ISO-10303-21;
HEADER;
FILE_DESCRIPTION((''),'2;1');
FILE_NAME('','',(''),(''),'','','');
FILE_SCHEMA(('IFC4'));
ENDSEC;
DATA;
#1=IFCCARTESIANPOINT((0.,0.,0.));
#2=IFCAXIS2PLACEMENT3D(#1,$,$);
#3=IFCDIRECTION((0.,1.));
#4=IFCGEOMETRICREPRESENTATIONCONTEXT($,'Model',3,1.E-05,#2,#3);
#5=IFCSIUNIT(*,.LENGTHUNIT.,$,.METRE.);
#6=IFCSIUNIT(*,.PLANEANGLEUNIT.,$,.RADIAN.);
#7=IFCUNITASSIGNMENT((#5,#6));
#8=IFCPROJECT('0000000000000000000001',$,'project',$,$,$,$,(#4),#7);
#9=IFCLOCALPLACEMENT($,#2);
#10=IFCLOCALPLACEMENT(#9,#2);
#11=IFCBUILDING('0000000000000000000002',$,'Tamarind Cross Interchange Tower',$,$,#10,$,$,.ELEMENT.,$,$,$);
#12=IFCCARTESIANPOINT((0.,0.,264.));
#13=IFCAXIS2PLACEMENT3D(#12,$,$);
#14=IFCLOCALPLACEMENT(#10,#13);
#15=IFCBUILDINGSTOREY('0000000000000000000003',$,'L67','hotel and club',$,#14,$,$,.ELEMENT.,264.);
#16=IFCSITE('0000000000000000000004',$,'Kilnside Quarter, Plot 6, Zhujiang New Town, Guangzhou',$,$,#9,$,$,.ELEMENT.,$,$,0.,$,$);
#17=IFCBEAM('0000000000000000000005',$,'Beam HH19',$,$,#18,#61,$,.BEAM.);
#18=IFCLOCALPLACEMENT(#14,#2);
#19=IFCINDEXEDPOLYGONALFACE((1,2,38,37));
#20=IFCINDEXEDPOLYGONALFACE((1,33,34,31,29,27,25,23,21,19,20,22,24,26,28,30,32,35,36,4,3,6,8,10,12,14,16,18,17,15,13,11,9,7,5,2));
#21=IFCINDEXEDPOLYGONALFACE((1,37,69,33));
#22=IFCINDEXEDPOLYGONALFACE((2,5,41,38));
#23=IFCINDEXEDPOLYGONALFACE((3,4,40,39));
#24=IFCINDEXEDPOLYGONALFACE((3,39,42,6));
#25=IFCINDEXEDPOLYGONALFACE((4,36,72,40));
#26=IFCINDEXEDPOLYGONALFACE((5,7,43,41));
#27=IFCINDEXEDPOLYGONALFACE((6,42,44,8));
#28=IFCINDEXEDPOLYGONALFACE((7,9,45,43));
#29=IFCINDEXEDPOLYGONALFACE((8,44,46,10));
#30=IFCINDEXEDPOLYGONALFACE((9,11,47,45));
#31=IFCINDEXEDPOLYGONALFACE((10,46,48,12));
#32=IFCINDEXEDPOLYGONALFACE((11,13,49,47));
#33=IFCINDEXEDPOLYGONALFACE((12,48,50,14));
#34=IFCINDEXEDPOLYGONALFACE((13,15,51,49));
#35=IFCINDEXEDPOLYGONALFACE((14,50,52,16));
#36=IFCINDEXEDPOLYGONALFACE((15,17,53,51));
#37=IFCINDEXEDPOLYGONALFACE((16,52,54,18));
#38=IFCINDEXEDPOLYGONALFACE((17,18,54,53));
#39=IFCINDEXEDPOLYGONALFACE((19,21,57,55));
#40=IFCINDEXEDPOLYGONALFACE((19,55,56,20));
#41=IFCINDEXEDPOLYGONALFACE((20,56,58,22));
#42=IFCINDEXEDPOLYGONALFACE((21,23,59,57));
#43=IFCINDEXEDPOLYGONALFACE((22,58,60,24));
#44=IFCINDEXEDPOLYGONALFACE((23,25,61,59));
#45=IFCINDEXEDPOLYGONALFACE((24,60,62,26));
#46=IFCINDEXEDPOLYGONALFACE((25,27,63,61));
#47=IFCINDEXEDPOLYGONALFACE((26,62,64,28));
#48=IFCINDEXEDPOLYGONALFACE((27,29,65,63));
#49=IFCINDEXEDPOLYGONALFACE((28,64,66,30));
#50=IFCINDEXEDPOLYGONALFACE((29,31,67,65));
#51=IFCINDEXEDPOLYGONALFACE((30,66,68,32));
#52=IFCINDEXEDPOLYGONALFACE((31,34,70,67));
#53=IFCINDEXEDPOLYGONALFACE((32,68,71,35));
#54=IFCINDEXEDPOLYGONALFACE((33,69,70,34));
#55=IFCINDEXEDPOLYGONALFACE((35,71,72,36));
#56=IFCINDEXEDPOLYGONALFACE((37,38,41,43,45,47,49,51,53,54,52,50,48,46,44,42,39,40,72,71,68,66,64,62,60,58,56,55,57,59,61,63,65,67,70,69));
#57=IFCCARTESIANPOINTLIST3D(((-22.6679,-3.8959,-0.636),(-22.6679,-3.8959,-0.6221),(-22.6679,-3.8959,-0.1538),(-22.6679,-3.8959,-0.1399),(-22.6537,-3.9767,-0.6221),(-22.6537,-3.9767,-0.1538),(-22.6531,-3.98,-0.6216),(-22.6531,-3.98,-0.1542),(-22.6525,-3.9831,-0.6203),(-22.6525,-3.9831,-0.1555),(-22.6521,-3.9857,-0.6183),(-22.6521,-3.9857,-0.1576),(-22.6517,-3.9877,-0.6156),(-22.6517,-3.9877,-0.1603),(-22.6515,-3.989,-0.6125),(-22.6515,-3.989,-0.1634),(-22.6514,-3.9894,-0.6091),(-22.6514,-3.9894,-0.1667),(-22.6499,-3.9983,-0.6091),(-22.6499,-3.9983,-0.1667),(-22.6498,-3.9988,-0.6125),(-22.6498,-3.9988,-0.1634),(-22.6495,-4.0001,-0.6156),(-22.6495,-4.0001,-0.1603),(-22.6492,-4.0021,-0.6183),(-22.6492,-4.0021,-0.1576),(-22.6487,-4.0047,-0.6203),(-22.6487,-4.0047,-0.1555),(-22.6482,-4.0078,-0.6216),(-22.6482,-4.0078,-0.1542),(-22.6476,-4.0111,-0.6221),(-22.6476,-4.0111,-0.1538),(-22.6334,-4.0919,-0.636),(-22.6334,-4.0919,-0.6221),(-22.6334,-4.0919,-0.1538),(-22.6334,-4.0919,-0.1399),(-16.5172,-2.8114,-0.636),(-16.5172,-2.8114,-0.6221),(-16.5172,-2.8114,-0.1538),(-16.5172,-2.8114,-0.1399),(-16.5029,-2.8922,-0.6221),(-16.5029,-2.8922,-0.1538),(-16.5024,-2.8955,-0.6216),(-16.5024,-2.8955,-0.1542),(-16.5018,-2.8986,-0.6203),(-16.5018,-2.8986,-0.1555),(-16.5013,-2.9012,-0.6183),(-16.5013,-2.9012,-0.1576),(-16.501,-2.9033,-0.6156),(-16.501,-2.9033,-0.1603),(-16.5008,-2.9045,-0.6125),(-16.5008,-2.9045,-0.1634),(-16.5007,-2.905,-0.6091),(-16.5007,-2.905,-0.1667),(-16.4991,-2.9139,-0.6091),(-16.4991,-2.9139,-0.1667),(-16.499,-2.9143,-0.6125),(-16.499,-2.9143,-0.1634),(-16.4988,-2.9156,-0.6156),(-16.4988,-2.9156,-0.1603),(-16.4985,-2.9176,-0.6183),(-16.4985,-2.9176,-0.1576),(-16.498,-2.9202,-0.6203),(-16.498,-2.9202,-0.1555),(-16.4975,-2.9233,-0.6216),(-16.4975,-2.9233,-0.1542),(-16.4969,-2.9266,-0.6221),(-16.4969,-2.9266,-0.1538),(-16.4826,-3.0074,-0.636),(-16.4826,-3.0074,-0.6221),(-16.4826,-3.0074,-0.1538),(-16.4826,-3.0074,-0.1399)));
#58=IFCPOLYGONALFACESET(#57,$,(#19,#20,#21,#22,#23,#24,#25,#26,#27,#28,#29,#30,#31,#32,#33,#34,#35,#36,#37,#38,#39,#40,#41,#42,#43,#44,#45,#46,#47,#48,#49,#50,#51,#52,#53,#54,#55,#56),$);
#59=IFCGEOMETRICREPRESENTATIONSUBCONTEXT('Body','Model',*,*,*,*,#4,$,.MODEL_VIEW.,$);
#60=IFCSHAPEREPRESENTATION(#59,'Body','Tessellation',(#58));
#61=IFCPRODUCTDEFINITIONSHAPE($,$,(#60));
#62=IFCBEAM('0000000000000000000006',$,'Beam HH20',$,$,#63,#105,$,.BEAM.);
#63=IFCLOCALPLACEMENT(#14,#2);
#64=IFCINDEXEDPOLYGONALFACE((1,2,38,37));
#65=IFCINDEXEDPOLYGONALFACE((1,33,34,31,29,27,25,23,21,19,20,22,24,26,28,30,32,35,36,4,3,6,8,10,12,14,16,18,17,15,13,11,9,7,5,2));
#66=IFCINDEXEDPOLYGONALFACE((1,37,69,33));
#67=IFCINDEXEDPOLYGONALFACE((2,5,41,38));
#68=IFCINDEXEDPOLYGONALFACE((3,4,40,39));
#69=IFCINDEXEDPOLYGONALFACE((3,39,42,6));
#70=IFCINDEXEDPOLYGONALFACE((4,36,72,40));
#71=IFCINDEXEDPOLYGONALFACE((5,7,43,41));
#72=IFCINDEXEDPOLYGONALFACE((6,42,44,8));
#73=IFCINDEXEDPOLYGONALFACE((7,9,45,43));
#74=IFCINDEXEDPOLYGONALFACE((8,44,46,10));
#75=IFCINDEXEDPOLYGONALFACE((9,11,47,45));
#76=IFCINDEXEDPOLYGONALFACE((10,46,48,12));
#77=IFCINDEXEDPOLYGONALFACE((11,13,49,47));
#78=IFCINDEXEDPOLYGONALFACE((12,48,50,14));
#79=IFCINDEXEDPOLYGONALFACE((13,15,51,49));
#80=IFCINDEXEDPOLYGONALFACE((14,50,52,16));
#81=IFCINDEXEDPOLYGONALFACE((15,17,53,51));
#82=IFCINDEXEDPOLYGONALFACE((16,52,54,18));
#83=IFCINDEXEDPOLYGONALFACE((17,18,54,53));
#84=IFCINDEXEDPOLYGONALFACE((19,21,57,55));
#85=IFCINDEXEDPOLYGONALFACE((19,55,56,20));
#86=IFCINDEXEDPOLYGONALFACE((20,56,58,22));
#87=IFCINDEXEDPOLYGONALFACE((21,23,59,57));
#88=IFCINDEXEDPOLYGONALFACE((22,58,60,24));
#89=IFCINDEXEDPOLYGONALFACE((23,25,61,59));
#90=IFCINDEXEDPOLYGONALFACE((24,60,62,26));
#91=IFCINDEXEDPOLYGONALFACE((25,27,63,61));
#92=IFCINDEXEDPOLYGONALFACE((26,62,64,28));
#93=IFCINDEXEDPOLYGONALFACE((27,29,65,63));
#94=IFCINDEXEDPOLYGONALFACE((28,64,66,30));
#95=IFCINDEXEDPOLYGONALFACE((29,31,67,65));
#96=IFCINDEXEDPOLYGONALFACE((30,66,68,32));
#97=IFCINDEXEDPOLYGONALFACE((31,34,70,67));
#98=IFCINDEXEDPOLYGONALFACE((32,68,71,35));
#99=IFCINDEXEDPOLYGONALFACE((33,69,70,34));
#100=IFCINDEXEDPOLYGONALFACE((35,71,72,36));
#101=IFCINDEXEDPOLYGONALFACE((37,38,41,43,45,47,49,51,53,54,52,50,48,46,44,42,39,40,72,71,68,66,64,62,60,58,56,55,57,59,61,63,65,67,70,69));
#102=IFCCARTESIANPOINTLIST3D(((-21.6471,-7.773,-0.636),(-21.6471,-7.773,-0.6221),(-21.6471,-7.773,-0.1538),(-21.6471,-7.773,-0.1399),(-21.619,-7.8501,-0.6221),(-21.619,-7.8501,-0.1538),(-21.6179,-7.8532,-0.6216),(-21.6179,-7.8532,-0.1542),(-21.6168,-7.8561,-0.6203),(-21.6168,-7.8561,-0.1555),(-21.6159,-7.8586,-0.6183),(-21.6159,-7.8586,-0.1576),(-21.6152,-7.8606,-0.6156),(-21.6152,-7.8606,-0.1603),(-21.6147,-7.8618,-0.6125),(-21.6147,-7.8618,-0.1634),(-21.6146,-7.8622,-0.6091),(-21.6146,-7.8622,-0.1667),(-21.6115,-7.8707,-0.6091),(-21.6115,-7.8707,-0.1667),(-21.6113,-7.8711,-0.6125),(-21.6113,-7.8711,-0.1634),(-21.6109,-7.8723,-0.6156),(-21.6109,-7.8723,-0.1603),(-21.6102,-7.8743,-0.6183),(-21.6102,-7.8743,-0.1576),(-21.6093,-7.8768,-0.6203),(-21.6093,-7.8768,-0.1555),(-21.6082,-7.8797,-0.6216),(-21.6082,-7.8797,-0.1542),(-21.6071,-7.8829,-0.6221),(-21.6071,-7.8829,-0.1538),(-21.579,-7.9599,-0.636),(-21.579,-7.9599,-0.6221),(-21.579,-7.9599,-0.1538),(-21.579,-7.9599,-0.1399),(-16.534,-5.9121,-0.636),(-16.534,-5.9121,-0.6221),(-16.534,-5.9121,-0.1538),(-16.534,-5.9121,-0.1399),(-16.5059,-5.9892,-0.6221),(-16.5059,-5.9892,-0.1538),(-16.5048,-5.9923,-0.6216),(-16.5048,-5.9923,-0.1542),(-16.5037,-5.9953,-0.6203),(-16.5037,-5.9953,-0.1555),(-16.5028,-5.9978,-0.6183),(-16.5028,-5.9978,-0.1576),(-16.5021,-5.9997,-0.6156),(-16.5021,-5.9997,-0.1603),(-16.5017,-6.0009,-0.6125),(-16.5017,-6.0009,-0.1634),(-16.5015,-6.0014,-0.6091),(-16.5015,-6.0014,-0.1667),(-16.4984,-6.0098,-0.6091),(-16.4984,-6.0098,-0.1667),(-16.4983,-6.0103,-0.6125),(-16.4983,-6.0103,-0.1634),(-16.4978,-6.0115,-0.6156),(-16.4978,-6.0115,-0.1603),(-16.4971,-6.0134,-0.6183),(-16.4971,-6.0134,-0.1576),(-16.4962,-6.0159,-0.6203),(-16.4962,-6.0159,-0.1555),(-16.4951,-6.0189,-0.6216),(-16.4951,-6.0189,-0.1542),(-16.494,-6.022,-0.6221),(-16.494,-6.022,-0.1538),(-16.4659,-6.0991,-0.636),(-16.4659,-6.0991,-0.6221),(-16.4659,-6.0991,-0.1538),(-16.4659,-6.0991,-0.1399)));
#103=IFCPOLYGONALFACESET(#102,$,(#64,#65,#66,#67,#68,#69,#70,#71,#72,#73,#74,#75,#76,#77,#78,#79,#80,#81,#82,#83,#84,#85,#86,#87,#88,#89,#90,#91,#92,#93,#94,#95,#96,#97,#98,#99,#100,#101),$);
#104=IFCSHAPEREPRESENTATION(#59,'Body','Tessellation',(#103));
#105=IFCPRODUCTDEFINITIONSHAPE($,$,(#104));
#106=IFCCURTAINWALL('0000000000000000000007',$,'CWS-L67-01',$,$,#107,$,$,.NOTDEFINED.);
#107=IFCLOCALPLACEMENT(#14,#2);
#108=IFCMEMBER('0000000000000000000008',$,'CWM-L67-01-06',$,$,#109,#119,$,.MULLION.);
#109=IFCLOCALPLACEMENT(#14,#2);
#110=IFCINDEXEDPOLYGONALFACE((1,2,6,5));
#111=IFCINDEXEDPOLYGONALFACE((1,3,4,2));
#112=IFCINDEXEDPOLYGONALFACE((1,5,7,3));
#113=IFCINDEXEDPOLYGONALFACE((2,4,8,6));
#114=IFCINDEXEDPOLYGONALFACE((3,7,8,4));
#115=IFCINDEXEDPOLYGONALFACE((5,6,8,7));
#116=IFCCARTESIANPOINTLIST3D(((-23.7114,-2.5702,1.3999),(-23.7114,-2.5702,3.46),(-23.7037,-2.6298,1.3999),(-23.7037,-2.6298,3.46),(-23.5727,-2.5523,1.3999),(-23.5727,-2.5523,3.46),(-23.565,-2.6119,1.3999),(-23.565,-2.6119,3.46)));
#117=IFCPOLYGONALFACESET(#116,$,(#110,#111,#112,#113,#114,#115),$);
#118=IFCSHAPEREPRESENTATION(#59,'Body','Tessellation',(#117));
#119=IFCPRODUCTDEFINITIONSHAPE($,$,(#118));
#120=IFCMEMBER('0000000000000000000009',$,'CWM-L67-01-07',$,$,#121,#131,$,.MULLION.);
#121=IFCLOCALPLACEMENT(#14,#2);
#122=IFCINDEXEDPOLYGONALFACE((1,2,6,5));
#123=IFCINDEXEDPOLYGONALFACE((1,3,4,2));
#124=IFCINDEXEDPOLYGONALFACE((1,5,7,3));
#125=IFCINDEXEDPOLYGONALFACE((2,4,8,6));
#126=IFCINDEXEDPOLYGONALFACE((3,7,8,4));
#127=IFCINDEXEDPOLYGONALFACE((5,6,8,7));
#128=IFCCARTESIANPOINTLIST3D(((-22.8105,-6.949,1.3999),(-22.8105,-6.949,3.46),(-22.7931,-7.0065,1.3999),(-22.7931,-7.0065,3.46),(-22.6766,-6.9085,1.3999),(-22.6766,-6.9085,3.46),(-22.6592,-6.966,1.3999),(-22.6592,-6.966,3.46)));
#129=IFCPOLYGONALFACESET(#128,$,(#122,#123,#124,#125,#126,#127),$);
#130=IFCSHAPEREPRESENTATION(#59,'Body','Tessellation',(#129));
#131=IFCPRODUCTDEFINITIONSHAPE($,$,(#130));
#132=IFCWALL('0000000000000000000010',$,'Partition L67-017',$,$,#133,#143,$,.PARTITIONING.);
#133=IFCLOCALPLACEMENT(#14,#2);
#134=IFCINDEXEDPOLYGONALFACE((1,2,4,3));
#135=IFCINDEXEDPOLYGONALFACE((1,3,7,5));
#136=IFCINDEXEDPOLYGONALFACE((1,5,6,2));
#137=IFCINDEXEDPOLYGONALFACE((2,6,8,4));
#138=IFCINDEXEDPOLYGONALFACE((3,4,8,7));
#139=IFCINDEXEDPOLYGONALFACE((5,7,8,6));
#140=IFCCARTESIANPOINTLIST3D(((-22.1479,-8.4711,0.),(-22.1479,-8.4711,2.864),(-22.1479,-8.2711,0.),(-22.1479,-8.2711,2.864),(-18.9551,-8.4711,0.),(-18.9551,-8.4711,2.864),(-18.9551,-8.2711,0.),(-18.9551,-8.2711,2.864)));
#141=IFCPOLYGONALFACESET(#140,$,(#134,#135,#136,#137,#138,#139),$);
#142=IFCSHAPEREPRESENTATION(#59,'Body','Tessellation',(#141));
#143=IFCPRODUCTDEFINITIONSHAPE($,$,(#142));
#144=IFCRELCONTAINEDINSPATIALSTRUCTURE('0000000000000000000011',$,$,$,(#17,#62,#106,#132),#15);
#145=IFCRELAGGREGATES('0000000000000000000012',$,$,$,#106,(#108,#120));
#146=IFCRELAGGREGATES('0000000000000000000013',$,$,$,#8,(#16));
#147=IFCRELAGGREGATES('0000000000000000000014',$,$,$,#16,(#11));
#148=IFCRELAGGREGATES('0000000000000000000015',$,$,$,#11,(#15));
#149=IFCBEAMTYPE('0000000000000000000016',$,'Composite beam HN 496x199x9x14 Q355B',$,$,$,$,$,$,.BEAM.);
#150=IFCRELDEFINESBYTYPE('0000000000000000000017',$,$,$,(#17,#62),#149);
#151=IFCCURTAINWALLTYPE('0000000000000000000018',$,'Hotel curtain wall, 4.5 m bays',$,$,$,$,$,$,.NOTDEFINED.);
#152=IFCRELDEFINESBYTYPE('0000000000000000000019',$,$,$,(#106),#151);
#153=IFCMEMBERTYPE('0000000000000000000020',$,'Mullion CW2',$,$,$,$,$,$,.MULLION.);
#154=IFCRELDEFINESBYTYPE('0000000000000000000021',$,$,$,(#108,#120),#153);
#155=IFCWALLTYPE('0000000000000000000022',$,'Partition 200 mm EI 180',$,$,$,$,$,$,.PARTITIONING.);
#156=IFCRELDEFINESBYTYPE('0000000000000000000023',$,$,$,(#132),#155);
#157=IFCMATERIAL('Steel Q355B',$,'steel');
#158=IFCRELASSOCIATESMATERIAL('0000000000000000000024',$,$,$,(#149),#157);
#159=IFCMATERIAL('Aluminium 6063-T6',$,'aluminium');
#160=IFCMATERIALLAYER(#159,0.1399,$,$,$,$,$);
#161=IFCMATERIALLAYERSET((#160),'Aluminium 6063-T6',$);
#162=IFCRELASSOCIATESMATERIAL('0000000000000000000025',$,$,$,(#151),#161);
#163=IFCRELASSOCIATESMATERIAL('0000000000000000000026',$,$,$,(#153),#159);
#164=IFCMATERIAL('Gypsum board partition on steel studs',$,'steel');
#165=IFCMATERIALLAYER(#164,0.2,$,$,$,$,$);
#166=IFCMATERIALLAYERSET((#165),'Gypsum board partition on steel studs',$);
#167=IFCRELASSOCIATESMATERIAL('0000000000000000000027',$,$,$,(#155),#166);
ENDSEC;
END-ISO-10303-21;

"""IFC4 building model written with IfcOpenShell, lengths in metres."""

from ifc_helpers import new_model, si_unit, direction, frame, frame_2d, origin, origin_2d, place, context, subcontext, project, spatial, rectangle, i_section, extrude, material, layer, layer_set, material_profile, profile_set, type_object, element, aggregate, save


model = new_model("IFC4")

# Units and contexts
model_context = context("Model", 3, precision=1e-05, world=origin(), true_north=direction((0.0, 1.0)))
body_context = subcontext(model_context, "Body", "Model", "MODEL_VIEW")
ifc_project = project(units=[si_unit("LENGTHUNIT", "METRE"), si_unit("PLANEANGLEUNIT", "RADIAN")], contexts=[model_context])

# Site, building, storey
site_placement = place(None, origin())
site = spatial("IfcSite", under=ifc_project, at=site_placement, Name="Kilnside Quarter, Plot 6, Zhujiang New Town, Guangzhou", CompositionType="ELEMENT", RefElevation=0.0)
building_placement = place(site_placement, origin())
building = spatial("IfcBuilding", under=site, at=building_placement, Name="Tamarind Cross Interchange Tower", CompositionType="ELEMENT")
storey_placement = place(building_placement, frame((0.0, 0.0, 264.0)))
storey = spatial("IfcBuildingStorey", under=building, at=storey_placement, Name="L67", Description="hotel and club", CompositionType="ELEMENT", Elevation=264.0)

# Beams
ifc_material_1 = material(Name="Steel Q355B", Category="steel")
ifc_material_profile_1 = material_profile(ifc_material_1, i_section(OverallWidth=0.199, OverallDepth=0.4961, WebThickness=0.009, FlangeThickness=0.0139, FilletRadius=0.0129, at=origin_2d()), Name="HN 496x199x9x14")
ifc_profile_set_1 = profile_set([ifc_material_profile_1], Name="Steel Q355B")
beam_type = type_object("IfcBeamType", Name="Composite beam HN 496x199x9x14 Q355B", PredefinedType="BEAM", material=ifc_profile_set_1)
beam_1_placement = place(storey_placement, frame((-22.6506, -3.9939, -0.3879), z_axis=(0.984809, 0.17364, 0.0), x_axis=(-0.17364, 0.984809, 0.0)))
element("IfcBeam", 1, at=beam_1_placement, inside=storey, type_object=beam_type, Name="Beam HH19", PredefinedType="BEAM", context=body_context, shape_type="SweptSolid", body=[
    extrude(i_section(OverallWidth=0.199, OverallDepth=0.4961, WebThickness=0.009, FlangeThickness=0.0139, FilletRadius=0.0129, at=origin_2d()), origin(), (0.0, 0.0, 1.0), 6.2456),
])
beam_2_placement = place(storey_placement, frame((-21.613, -7.8665, -0.3879), z_axis=(0.939702, 0.341995, 0.0), x_axis=(-0.341995, 0.939702, 0.0)))
element("IfcBeam", 2, at=beam_2_placement, inside=storey, type_object=beam_type, Name="Beam HH20", PredefinedType="BEAM", context=body_context, shape_type="SweptSolid", body=[
    extrude(i_section(OverallWidth=0.199, OverallDepth=0.4961, WebThickness=0.009, FlangeThickness=0.0139, FilletRadius=0.0129, at=origin_2d()), origin(), (0.0, 0.0, 1.0), 5.4412),
])

# Curtain wall, members
ifc_material_2 = material(Name="Aluminium 6063-T6", Category="aluminium")
ifc_layer_1 = layer(ifc_material_2, 0.1399)
ifc_layer_set_1 = layer_set([ifc_layer_1], Name="Aluminium 6063-T6")
curtain_wall_type = type_object("IfcCurtainWallType", Name="Hotel curtain wall, 4.5 m bays", PredefinedType="NOTDEFINED", material=ifc_layer_set_1)
curtain_wall_placement = place(storey_placement, origin())
curtain_wall = element("IfcCurtainWall", 3, at=curtain_wall_placement, inside=storey, type_object=curtain_wall_type, Name="CWS-L67-01", PredefinedType="NOTDEFINED")
ifc_material_profile_2 = material_profile(ifc_material_2, rectangle(XDim=0.0601, YDim=0.1399, at=origin_2d()), Name="Mullion CW2")
ifc_profile_set_2 = profile_set([ifc_material_profile_2], Name="Aluminium 6063-T6")
member_type = type_object("IfcMemberType", Name="Mullion CW2", PredefinedType="MULLION", material=ifc_profile_set_2)
member_1_placement = place(storey_placement, frame((-23.6382, -2.5911, 1.3999), z_axis=(0.0, 0.0, 1.0), x_axis=(0.127962, -0.991779, 0.0)))
member_1 = element("IfcMember", 4, at=member_1_placement, type_object=member_type, Name="CWM-L67-01-06", PredefinedType="MULLION", context=body_context, shape_type="SweptSolid", body=[
    extrude(rectangle(XDim=0.0601, YDim=0.1399, at=origin_2d()), origin(), (0.0, 0.0, 1.0), 2.0601),
])
member_2_placement = place(storey_placement, frame((-22.7349, -6.9575, 1.3999), z_axis=(0.0, 0.0, 1.0), x_axis=(0.289458, -0.957191, 0.0)))
member_2 = element("IfcMember", 5, at=member_2_placement, type_object=member_type, Name="CWM-L67-01-07", PredefinedType="MULLION", context=body_context, shape_type="SweptSolid", body=[
    extrude(rectangle(XDim=0.0601, YDim=0.1399, at=origin_2d()), origin(), (0.0, 0.0, 1.0), 2.0601),
])
aggregate(curtain_wall, [member_1, member_2])

# Wall
ifc_material_3 = material(Name="Gypsum board partition on steel studs", Category="steel")
ifc_layer_2 = layer(ifc_material_3, 0.2)
ifc_layer_set_2 = layer_set([ifc_layer_2], Name="Gypsum board partition on steel studs")
wall_type = type_object("IfcWallType", Name="Partition 200 mm EI 180", PredefinedType="PARTITIONING", material=ifc_layer_set_2)
wall_placement = place(storey_placement, frame((-22.1479, -8.3711, 0.0), z_axis=(0.0, 0.0, 1.0), x_axis=(1.0, 0.0, 0.0)))
element("IfcWall", 6, at=wall_placement, inside=storey, type_object=wall_type, Name="Partition L67-017", PredefinedType="PARTITIONING", context=body_context, shape_type="SweptSolid", body=[
    extrude(rectangle(XDim=3.1929, YDim=0.2, at=frame_2d((1.5964, 0.0))), origin(), (0.0, 0.0, 1.0), 2.864),
])

save(model, "model.ifc")
